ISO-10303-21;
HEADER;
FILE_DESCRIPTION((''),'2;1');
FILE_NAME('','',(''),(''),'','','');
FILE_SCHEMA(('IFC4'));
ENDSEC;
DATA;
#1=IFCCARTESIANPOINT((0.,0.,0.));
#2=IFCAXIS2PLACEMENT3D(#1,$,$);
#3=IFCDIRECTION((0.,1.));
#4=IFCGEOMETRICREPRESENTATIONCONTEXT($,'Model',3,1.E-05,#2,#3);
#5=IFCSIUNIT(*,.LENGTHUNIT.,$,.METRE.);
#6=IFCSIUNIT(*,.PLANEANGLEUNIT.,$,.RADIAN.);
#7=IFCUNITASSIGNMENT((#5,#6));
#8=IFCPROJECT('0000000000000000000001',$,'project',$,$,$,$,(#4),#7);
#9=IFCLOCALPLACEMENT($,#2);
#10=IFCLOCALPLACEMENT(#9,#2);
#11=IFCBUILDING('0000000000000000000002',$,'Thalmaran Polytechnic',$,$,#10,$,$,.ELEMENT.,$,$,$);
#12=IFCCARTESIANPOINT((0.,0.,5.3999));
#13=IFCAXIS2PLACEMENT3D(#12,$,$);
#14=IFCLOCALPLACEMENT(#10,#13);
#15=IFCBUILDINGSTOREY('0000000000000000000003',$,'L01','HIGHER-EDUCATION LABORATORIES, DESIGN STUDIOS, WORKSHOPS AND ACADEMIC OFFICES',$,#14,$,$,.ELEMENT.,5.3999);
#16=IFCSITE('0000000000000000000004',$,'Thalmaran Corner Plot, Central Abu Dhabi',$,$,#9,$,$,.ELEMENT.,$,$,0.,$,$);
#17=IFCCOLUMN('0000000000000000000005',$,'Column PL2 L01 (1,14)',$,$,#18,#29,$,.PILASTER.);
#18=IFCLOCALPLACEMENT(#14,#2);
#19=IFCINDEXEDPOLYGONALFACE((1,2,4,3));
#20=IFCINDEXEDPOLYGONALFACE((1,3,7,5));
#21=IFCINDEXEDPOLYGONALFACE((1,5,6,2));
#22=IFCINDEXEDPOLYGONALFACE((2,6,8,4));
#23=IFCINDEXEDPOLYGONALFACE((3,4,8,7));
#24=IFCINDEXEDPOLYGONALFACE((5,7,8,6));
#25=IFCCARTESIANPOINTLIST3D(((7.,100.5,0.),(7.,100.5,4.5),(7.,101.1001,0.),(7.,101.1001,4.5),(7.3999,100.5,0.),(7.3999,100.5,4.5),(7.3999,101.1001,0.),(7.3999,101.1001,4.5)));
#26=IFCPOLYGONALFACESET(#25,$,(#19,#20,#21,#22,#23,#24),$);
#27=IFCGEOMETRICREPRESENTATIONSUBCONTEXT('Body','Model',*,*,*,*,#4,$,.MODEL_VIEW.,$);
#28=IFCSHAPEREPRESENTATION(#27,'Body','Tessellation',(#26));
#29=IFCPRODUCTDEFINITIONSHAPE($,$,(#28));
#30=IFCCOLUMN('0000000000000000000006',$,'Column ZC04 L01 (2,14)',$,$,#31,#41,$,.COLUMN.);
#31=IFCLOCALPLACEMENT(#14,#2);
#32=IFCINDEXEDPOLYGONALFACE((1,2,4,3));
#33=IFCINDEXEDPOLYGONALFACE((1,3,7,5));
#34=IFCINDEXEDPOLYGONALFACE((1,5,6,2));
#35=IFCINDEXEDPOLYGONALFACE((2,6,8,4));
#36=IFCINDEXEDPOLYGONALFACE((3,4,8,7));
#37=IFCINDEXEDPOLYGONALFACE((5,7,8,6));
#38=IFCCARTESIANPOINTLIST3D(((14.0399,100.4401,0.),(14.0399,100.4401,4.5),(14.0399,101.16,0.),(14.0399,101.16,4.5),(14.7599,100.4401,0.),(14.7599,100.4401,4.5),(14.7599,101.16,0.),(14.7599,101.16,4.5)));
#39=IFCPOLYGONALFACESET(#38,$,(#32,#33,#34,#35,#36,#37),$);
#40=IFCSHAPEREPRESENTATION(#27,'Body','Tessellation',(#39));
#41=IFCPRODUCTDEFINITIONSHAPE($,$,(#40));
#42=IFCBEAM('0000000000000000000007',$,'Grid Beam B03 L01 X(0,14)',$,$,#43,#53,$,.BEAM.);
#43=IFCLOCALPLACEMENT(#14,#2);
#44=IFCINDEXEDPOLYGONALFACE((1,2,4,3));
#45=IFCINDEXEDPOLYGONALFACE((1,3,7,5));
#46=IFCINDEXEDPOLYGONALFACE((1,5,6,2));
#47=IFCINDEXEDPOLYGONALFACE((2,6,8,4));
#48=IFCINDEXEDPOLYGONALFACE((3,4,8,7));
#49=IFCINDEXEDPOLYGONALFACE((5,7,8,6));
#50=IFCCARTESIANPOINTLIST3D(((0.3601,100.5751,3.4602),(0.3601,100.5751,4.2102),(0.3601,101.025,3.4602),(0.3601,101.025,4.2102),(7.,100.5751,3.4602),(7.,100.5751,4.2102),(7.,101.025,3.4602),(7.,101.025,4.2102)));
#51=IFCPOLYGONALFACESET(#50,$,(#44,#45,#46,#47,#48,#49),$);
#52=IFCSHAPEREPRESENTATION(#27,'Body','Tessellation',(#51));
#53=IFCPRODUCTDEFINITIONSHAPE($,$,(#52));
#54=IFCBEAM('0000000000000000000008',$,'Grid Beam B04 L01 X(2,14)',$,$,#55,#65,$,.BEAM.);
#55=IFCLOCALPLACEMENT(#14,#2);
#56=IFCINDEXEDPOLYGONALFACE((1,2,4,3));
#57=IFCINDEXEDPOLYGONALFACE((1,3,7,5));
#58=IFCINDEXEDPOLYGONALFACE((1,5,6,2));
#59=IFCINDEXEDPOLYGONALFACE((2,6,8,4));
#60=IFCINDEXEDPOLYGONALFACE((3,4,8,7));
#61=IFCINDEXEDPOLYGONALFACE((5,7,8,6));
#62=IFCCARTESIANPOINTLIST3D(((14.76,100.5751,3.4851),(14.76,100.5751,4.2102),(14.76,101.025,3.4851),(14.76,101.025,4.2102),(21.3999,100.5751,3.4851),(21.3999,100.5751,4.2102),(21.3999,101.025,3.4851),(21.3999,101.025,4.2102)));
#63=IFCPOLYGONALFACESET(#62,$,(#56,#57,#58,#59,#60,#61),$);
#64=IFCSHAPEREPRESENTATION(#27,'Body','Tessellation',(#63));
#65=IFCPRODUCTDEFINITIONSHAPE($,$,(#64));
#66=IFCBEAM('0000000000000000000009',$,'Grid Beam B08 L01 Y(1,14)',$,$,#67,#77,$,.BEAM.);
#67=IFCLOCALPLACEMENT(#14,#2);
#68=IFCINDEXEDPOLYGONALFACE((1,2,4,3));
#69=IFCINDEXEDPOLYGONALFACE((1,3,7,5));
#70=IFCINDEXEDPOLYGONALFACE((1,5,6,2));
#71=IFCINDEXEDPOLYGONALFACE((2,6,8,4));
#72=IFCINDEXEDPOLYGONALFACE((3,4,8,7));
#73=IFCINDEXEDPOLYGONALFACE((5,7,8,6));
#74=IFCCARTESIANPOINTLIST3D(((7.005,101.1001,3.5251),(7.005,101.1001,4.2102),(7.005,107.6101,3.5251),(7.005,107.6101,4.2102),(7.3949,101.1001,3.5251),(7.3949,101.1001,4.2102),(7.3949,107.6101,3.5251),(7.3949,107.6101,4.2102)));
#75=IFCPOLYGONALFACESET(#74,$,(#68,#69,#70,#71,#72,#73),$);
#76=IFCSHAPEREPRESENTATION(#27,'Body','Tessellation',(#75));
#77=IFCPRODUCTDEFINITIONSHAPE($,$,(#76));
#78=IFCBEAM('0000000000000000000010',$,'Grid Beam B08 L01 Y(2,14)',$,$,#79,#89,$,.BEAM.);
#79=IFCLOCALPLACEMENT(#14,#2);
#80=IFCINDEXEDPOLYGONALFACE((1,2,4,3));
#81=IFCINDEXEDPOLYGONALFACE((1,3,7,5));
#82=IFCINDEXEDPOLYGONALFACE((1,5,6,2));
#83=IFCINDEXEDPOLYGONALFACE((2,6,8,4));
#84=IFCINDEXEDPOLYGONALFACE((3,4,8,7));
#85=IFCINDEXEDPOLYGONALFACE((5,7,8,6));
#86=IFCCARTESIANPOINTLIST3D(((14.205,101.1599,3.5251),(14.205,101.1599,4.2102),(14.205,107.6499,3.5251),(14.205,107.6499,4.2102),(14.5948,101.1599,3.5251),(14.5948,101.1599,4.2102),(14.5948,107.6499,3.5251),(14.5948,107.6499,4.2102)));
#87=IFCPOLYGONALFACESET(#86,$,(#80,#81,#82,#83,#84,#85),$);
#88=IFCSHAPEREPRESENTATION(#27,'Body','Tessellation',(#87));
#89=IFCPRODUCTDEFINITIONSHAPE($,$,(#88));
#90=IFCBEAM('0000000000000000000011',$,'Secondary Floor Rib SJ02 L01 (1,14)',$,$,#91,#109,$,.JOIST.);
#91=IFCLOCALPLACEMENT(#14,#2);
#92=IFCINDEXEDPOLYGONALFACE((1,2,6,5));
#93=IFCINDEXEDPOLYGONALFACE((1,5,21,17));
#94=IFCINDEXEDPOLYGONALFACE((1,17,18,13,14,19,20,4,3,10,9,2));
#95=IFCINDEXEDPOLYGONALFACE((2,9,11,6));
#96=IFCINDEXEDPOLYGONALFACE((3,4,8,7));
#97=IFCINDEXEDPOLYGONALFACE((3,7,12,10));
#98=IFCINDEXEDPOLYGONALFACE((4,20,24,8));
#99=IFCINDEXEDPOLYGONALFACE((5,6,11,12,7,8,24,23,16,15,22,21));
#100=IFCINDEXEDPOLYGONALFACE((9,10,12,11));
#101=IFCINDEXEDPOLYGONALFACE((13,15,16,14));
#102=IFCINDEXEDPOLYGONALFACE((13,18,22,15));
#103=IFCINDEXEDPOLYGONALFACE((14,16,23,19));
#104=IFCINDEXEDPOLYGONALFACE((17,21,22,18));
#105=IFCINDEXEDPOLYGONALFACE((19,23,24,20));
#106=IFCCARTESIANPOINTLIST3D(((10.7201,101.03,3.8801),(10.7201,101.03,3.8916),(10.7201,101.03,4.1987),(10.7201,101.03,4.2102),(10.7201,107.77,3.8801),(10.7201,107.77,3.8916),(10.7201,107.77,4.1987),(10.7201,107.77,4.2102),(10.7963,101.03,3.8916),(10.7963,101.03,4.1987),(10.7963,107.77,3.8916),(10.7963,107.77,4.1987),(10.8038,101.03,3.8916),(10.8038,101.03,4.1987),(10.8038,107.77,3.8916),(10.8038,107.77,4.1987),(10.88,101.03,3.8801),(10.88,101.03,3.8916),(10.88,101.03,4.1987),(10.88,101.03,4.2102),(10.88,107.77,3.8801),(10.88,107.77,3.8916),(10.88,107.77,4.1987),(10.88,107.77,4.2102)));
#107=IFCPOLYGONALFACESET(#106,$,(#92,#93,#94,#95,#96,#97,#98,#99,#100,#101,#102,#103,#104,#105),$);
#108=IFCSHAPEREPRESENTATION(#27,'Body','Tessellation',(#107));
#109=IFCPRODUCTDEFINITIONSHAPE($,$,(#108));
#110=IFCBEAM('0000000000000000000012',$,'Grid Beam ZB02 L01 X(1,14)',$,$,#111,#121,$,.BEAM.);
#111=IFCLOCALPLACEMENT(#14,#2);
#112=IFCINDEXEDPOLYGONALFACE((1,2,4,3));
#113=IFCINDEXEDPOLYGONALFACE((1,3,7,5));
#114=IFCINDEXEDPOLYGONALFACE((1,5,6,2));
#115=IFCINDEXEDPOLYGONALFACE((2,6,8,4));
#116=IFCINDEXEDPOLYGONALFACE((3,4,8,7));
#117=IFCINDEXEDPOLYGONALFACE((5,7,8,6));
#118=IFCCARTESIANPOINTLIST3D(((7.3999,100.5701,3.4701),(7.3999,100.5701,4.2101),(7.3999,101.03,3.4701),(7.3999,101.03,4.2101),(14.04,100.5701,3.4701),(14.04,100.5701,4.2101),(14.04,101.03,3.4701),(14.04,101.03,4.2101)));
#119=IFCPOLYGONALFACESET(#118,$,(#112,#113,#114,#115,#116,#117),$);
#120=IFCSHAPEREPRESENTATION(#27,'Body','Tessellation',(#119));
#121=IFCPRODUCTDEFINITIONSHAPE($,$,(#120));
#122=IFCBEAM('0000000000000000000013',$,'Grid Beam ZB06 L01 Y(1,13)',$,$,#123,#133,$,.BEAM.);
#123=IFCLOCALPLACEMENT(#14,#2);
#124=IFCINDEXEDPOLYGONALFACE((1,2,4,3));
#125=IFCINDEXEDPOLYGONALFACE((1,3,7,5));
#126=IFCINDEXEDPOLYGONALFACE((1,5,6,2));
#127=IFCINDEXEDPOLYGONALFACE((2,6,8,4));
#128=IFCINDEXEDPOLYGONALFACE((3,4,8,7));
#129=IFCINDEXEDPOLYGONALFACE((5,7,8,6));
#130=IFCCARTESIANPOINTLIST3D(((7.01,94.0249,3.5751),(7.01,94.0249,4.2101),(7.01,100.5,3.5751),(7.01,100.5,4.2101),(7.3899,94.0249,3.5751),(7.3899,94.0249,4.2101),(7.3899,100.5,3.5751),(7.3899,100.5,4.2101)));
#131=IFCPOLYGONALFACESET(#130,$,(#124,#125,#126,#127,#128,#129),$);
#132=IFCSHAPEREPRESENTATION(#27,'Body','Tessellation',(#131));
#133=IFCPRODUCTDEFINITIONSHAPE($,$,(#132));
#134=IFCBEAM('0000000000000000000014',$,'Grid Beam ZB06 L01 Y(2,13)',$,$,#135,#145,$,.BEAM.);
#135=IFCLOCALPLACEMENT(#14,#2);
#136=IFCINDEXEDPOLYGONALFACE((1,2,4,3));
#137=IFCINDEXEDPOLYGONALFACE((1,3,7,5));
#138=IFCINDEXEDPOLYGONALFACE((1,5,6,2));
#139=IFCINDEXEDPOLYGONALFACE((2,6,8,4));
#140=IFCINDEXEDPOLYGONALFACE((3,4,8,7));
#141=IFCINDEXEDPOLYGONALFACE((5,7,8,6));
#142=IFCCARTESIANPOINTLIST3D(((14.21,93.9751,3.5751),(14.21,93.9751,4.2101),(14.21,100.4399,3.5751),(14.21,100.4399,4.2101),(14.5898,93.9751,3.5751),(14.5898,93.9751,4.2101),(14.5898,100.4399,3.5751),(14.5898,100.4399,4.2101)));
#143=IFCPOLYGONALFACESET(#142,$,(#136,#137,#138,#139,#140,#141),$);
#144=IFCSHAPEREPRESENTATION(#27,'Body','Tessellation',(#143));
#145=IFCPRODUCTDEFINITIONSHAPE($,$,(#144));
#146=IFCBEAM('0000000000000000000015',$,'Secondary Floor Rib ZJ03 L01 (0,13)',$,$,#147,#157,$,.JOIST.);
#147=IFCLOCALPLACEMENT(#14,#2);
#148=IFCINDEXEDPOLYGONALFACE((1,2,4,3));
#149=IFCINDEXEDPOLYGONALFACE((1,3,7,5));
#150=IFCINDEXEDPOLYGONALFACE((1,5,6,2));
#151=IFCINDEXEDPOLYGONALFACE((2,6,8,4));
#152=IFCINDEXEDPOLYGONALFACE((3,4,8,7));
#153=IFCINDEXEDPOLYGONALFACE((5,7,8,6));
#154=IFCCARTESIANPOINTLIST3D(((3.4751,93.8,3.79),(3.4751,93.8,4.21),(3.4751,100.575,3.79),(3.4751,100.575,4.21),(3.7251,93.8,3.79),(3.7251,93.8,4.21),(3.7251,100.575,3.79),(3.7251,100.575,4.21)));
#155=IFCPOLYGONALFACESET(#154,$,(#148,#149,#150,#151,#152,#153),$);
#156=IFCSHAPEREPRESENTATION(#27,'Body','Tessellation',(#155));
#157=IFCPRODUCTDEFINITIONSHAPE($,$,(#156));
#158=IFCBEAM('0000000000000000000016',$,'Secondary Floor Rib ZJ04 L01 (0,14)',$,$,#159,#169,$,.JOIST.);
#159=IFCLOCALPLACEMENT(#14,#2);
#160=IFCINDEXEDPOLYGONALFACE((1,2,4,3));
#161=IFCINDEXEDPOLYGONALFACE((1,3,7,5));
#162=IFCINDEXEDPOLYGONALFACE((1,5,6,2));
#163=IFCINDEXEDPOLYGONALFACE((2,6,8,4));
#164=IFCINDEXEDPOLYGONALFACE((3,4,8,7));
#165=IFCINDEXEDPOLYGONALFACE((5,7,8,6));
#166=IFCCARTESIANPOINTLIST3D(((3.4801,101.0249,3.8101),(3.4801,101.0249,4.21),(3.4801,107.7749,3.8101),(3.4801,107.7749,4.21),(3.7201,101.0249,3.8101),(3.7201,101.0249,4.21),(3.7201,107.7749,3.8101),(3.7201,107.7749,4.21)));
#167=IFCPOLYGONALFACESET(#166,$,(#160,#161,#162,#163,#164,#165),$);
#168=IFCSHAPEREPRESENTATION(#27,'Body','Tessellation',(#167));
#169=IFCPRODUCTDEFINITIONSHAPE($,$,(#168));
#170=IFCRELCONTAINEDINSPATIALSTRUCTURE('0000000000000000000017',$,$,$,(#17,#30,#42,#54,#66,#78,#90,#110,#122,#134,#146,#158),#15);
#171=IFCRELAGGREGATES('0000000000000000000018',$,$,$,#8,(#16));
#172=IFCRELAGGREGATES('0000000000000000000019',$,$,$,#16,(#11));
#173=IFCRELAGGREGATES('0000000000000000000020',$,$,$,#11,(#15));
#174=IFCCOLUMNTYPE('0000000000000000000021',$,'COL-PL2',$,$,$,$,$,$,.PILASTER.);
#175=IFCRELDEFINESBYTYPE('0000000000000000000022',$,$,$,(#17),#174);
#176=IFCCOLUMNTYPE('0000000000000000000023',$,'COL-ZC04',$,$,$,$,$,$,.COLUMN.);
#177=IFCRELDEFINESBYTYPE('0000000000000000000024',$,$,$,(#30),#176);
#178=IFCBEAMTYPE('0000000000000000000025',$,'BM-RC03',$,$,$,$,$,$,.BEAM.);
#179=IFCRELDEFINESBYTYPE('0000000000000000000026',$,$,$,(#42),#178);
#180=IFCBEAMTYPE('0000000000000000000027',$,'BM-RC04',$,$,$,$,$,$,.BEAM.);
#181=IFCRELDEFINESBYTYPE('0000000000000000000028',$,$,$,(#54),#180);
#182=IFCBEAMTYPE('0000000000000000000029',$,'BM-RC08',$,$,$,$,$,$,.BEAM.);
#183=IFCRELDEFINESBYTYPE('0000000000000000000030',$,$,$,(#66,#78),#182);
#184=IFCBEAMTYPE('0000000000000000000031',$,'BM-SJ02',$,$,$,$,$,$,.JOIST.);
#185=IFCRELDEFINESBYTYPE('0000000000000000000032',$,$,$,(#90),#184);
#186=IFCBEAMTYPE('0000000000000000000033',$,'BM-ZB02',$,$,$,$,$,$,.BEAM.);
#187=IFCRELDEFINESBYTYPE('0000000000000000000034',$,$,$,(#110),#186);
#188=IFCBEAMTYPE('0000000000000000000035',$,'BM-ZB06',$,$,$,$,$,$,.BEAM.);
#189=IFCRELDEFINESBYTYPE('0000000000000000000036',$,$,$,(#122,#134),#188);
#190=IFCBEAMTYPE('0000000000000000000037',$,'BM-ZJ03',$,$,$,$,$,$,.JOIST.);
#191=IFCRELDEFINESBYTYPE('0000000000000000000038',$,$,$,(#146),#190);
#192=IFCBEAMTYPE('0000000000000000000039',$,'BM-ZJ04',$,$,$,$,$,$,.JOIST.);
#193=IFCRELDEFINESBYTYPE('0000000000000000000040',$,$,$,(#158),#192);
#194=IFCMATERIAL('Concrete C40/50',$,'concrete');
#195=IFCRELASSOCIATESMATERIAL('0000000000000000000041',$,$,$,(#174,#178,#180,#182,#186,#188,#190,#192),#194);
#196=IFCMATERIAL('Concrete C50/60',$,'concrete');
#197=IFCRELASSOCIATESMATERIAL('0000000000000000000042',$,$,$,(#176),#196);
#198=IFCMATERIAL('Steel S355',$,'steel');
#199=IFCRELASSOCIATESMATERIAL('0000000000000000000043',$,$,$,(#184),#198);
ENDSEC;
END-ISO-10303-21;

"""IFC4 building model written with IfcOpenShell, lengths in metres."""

from ifc_helpers import new_model, si_unit, direction, frame, origin, origin_2d, place, context, subcontext, project, spatial, rectangle, i_section, extrude, material, material_profile, profile_set, type_object, element, save


model = new_model("IFC4")

# Units and contexts
model_context = context("Model", 3, precision=1e-05, world=origin(), true_north=direction((0.0, 1.0)))
body_context = subcontext(model_context, "Body", "Model", "MODEL_VIEW")
ifc_project = project(units=[si_unit("LENGTHUNIT", "METRE"), si_unit("PLANEANGLEUNIT", "RADIAN")], contexts=[model_context])

# Site, building, storey
site_placement = place(None, origin())
site = spatial("IfcSite", under=ifc_project, at=site_placement, Name="Thalmaran Corner Plot, Central Abu Dhabi", CompositionType="ELEMENT", RefElevation=0.0)
building_placement = place(site_placement, origin())
building = spatial("IfcBuilding", under=site, at=building_placement, Name="Thalmaran Polytechnic", CompositionType="ELEMENT")
storey_placement = place(building_placement, frame((0.0, 0.0, 5.3999)))
storey = spatial("IfcBuildingStorey", under=building, at=storey_placement, Name="L01", Description="HIGHER-EDUCATION LABORATORIES, DESIGN STUDIOS, WORKSHOPS AND ACADEMIC OFFICES", CompositionType="ELEMENT", Elevation=5.3999)

# Columns
ifc_material_1 = material(Name="Concrete C40/50", Category="concrete")
ifc_material_profile_1 = material_profile(ifc_material_1, rectangle(XDim=0.3999, YDim=0.6001, at=origin_2d()), Name="RC 400x600")
ifc_profile_set_1 = profile_set([ifc_material_profile_1], Name="Concrete C40/50")
column_type_1 = type_object("IfcColumnType", Name="COL-PL2", PredefinedType="PILASTER", material=ifc_profile_set_1)
column_1_placement = place(storey_placement, frame((7.2, 100.8, 0.0), z_axis=(0.0, 0.0, 1.0), x_axis=(1.0, 0.0, 0.0)))
element("IfcColumn", 1, at=column_1_placement, inside=storey, type_object=column_type_1, Name="Column PL2 L01 (1,14)", PredefinedType="PILASTER", context=body_context, shape_type="SweptSolid", body=[
    extrude(rectangle(XDim=0.3999, YDim=0.6001, at=origin_2d()), origin(), (0.0, 0.0, 1.0), 4.5),
])
ifc_material_2 = material(Name="Concrete C50/60", Category="concrete")
ifc_material_profile_2 = material_profile(ifc_material_2, rectangle(XDim=0.72, YDim=0.72, at=origin_2d()), Name="RC 720x720")
ifc_profile_set_2 = profile_set([ifc_material_profile_2], Name="Concrete C50/60")
column_type_2 = type_object("IfcColumnType", Name="COL-ZC04", PredefinedType="COLUMN", material=ifc_profile_set_2)
column_2_placement = place(storey_placement, frame((14.3999, 100.8, 0.0), z_axis=(0.0, 0.0, 1.0), x_axis=(1.0, 0.0, 0.0)))
element("IfcColumn", 2, at=column_2_placement, inside=storey, type_object=column_type_2, Name="Column ZC04 L01 (2,14)", PredefinedType="COLUMN", context=body_context, shape_type="SweptSolid", body=[
    extrude(rectangle(XDim=0.72, YDim=0.72, at=origin_2d()), origin(), (0.0, 0.0, 1.0), 4.5),
])

# Beams
ifc_material_profile_3 = material_profile(ifc_material_1, rectangle(XDim=0.45, YDim=0.75, at=origin_2d()), Name="RC 450x750")
ifc_profile_set_3 = profile_set([ifc_material_profile_3], Name="Concrete C40/50")
beam_type_1 = type_object("IfcBeamType", Name="BM-RC03", PredefinedType="BEAM", material=ifc_profile_set_3)
beam_1_placement = place(storey_placement, frame((0.3601, 100.8, 3.8352), z_axis=(1.0, 0.0, 0.0), x_axis=(0.0, 1.0, 0.0)))
element("IfcBeam", 3, at=beam_1_placement, inside=storey, type_object=beam_type_1, Name="Grid Beam B03 L01 X(0,14)", PredefinedType="BEAM", context=body_context, shape_type="SweptSolid", body=[
    extrude(rectangle(XDim=0.45, YDim=0.75, at=origin_2d()), origin(), (0.0, 0.0, 1.0), 6.6399),
])
ifc_material_profile_4 = material_profile(ifc_material_1, rectangle(XDim=0.45, YDim=0.7251, at=origin_2d()), Name="RC 450x725")
ifc_profile_set_4 = profile_set([ifc_material_profile_4], Name="Concrete C40/50")
beam_type_2 = type_object("IfcBeamType", Name="BM-RC04", PredefinedType="BEAM", material=ifc_profile_set_4)
beam_2_placement = place(storey_placement, frame((14.76, 100.8, 3.8477), z_axis=(1.0, 0.0, 0.0), x_axis=(0.0, 1.0, 0.0)))
element("IfcBeam", 4, at=beam_2_placement, inside=storey, type_object=beam_type_2, Name="Grid Beam B04 L01 X(2,14)", PredefinedType="BEAM", context=body_context, shape_type="SweptSolid", body=[
    extrude(rectangle(XDim=0.45, YDim=0.7251, at=origin_2d()), origin(), (0.0, 0.0, 1.0), 6.6399),
])
ifc_material_profile_5 = material_profile(ifc_material_1, rectangle(XDim=0.3899, YDim=0.6851, at=origin_2d()), Name="RC 390x685")
ifc_profile_set_5 = profile_set([ifc_material_profile_5], Name="Concrete C40/50")
beam_type_3 = type_object("IfcBeamType", Name="BM-RC08", PredefinedType="BEAM", material=ifc_profile_set_5)
beam_3_placement = place(storey_placement, frame((7.2, 101.1001, 3.8677), z_axis=(0.0, 1.0, 0.0), x_axis=(-1.0, 0.0, 0.0)))
element("IfcBeam", 5, at=beam_3_placement, inside=storey, type_object=beam_type_3, Name="Grid Beam B08 L01 Y(1,14)", PredefinedType="BEAM", context=body_context, shape_type="SweptSolid", body=[
    extrude(rectangle(XDim=0.3899, YDim=0.6851, at=origin_2d()), origin(), (0.0, 0.0, 1.0), 6.51),
])
beam_4_placement = place(storey_placement, frame((14.3999, 101.1599, 3.8677), z_axis=(0.0, 1.0, 0.0), x_axis=(-1.0, 0.0, 0.0)))
element("IfcBeam", 6, at=beam_4_placement, inside=storey, type_object=beam_type_3, Name="Grid Beam B08 L01 Y(2,14)", PredefinedType="BEAM", context=body_context, shape_type="SweptSolid", body=[
    extrude(rectangle(XDim=0.3899, YDim=0.6851, at=origin_2d()), origin(), (0.0, 0.0, 1.0), 6.49),
])
ifc_material_3 = material(Name="Steel S355", Category="steel")
ifc_material_profile_6 = material_profile(ifc_material_3, i_section(OverallWidth=0.1599, OverallDepth=0.3301, WebThickness=0.0076, FlangeThickness=0.0115, at=origin_2d()), Name="IPE 330")
ifc_profile_set_6 = profile_set([ifc_material_profile_6], Name="Steel S355")
beam_type_4 = type_object("IfcBeamType", Name="BM-SJ02", PredefinedType="JOIST", material=ifc_profile_set_6)
beam_5_placement = place(storey_placement, frame((10.8, 101.03, 4.0452), z_axis=(0.0, 1.0, 0.0), x_axis=(-1.0, 0.0, 0.0)))
element("IfcBeam", 7, at=beam_5_placement, inside=storey, type_object=beam_type_4, Name="Secondary Floor Rib SJ02 L01 (1,14)", PredefinedType="JOIST", context=body_context, shape_type="SweptSolid", body=[
    extrude(i_section(OverallWidth=0.1599, OverallDepth=0.3301, WebThickness=0.0076, FlangeThickness=0.0115, at=origin_2d()), origin(), (0.0, 0.0, 1.0), 6.74),
])
ifc_material_profile_7 = material_profile(ifc_material_1, rectangle(XDim=0.46, YDim=0.74, at=origin_2d()), Name="RC 460x740")
ifc_profile_set_7 = profile_set([ifc_material_profile_7], Name="Concrete C40/50")
beam_type_5 = type_object("IfcBeamType", Name="BM-ZB02", PredefinedType="BEAM", material=ifc_profile_set_7)
beam_6_placement = place(storey_placement, frame((7.3999, 100.8, 3.8401), z_axis=(1.0, 0.0, 0.0), x_axis=(0.0, 1.0, 0.0)))
element("IfcBeam", 8, at=beam_6_placement, inside=storey, type_object=beam_type_5, Name="Grid Beam ZB02 L01 X(1,14)", PredefinedType="BEAM", context=body_context, shape_type="SweptSolid", body=[
    extrude(rectangle(XDim=0.46, YDim=0.74, at=origin_2d()), origin(), (0.0, 0.0, 1.0), 6.6401),
])
ifc_material_profile_8 = material_profile(ifc_material_1, rectangle(XDim=0.3799, YDim=0.635, at=origin_2d()), Name="RC 380x635")
ifc_profile_set_8 = profile_set([ifc_material_profile_8], Name="Concrete C40/50")
beam_type_6 = type_object("IfcBeamType", Name="BM-ZB06", PredefinedType="BEAM", material=ifc_profile_set_8)
beam_7_placement = place(storey_placement, frame((7.2, 94.0249, 3.8926), z_axis=(0.0, 1.0, 0.0), x_axis=(-1.0, 0.0, 0.0)))
element("IfcBeam", 9, at=beam_7_placement, inside=storey, type_object=beam_type_6, Name="Grid Beam ZB06 L01 Y(1,13)", PredefinedType="BEAM", context=body_context, shape_type="SweptSolid", body=[
    extrude(rectangle(XDim=0.3799, YDim=0.635, at=origin_2d()), origin(), (0.0, 0.0, 1.0), 6.4751),
])
beam_8_placement = place(storey_placement, frame((14.3999, 93.9751, 3.8926), z_axis=(0.0, 1.0, 0.0), x_axis=(-1.0, 0.0, 0.0)))
element("IfcBeam", 10, at=beam_8_placement, inside=storey, type_object=beam_type_6, Name="Grid Beam ZB06 L01 Y(2,13)", PredefinedType="BEAM", context=body_context, shape_type="SweptSolid", body=[
    extrude(rectangle(XDim=0.3799, YDim=0.635, at=origin_2d()), origin(), (0.0, 0.0, 1.0), 6.4648),
])
ifc_material_profile_9 = material_profile(ifc_material_1, rectangle(XDim=0.25, YDim=0.4199, at=origin_2d()), Name="RC 250x420")
ifc_profile_set_9 = profile_set([ifc_material_profile_9], Name="Concrete C40/50")
beam_type_7 = type_object("IfcBeamType", Name="BM-ZJ03", PredefinedType="JOIST", material=ifc_profile_set_9)
beam_9_placement = place(storey_placement, frame((3.6001, 93.8, 4.0), z_axis=(0.0, 1.0, 0.0), x_axis=(-1.0, 0.0, 0.0)))
element("IfcBeam", 11, at=beam_9_placement, inside=storey, type_object=beam_type_7, Name="Secondary Floor Rib ZJ03 L01 (0,13)", PredefinedType="JOIST", context=body_context, shape_type="SweptSolid", body=[
    extrude(rectangle(XDim=0.25, YDim=0.4199, at=origin_2d()), origin(), (0.0, 0.0, 1.0), 6.7749),
])
ifc_material_profile_10 = material_profile(ifc_material_1, rectangle(XDim=0.24, YDim=0.3999, at=origin_2d()), Name="RC 240x400")
ifc_profile_set_10 = profile_set([ifc_material_profile_10], Name="Concrete C40/50")
beam_type_8 = type_object("IfcBeamType", Name="BM-ZJ04", PredefinedType="JOIST", material=ifc_profile_set_10)
beam_10_placement = place(storey_placement, frame((3.6001, 101.0249, 4.01), z_axis=(0.0, 1.0, 0.0), x_axis=(-1.0, 0.0, 0.0)))
element("IfcBeam", 12, at=beam_10_placement, inside=storey, type_object=beam_type_8, Name="Secondary Floor Rib ZJ04 L01 (0,14)", PredefinedType="JOIST", context=body_context, shape_type="SweptSolid", body=[
    extrude(rectangle(XDim=0.24, YDim=0.3999, at=origin_2d()), origin(), (0.0, 0.0, 1.0), 6.75),
])

save(model, "model.ifc")
